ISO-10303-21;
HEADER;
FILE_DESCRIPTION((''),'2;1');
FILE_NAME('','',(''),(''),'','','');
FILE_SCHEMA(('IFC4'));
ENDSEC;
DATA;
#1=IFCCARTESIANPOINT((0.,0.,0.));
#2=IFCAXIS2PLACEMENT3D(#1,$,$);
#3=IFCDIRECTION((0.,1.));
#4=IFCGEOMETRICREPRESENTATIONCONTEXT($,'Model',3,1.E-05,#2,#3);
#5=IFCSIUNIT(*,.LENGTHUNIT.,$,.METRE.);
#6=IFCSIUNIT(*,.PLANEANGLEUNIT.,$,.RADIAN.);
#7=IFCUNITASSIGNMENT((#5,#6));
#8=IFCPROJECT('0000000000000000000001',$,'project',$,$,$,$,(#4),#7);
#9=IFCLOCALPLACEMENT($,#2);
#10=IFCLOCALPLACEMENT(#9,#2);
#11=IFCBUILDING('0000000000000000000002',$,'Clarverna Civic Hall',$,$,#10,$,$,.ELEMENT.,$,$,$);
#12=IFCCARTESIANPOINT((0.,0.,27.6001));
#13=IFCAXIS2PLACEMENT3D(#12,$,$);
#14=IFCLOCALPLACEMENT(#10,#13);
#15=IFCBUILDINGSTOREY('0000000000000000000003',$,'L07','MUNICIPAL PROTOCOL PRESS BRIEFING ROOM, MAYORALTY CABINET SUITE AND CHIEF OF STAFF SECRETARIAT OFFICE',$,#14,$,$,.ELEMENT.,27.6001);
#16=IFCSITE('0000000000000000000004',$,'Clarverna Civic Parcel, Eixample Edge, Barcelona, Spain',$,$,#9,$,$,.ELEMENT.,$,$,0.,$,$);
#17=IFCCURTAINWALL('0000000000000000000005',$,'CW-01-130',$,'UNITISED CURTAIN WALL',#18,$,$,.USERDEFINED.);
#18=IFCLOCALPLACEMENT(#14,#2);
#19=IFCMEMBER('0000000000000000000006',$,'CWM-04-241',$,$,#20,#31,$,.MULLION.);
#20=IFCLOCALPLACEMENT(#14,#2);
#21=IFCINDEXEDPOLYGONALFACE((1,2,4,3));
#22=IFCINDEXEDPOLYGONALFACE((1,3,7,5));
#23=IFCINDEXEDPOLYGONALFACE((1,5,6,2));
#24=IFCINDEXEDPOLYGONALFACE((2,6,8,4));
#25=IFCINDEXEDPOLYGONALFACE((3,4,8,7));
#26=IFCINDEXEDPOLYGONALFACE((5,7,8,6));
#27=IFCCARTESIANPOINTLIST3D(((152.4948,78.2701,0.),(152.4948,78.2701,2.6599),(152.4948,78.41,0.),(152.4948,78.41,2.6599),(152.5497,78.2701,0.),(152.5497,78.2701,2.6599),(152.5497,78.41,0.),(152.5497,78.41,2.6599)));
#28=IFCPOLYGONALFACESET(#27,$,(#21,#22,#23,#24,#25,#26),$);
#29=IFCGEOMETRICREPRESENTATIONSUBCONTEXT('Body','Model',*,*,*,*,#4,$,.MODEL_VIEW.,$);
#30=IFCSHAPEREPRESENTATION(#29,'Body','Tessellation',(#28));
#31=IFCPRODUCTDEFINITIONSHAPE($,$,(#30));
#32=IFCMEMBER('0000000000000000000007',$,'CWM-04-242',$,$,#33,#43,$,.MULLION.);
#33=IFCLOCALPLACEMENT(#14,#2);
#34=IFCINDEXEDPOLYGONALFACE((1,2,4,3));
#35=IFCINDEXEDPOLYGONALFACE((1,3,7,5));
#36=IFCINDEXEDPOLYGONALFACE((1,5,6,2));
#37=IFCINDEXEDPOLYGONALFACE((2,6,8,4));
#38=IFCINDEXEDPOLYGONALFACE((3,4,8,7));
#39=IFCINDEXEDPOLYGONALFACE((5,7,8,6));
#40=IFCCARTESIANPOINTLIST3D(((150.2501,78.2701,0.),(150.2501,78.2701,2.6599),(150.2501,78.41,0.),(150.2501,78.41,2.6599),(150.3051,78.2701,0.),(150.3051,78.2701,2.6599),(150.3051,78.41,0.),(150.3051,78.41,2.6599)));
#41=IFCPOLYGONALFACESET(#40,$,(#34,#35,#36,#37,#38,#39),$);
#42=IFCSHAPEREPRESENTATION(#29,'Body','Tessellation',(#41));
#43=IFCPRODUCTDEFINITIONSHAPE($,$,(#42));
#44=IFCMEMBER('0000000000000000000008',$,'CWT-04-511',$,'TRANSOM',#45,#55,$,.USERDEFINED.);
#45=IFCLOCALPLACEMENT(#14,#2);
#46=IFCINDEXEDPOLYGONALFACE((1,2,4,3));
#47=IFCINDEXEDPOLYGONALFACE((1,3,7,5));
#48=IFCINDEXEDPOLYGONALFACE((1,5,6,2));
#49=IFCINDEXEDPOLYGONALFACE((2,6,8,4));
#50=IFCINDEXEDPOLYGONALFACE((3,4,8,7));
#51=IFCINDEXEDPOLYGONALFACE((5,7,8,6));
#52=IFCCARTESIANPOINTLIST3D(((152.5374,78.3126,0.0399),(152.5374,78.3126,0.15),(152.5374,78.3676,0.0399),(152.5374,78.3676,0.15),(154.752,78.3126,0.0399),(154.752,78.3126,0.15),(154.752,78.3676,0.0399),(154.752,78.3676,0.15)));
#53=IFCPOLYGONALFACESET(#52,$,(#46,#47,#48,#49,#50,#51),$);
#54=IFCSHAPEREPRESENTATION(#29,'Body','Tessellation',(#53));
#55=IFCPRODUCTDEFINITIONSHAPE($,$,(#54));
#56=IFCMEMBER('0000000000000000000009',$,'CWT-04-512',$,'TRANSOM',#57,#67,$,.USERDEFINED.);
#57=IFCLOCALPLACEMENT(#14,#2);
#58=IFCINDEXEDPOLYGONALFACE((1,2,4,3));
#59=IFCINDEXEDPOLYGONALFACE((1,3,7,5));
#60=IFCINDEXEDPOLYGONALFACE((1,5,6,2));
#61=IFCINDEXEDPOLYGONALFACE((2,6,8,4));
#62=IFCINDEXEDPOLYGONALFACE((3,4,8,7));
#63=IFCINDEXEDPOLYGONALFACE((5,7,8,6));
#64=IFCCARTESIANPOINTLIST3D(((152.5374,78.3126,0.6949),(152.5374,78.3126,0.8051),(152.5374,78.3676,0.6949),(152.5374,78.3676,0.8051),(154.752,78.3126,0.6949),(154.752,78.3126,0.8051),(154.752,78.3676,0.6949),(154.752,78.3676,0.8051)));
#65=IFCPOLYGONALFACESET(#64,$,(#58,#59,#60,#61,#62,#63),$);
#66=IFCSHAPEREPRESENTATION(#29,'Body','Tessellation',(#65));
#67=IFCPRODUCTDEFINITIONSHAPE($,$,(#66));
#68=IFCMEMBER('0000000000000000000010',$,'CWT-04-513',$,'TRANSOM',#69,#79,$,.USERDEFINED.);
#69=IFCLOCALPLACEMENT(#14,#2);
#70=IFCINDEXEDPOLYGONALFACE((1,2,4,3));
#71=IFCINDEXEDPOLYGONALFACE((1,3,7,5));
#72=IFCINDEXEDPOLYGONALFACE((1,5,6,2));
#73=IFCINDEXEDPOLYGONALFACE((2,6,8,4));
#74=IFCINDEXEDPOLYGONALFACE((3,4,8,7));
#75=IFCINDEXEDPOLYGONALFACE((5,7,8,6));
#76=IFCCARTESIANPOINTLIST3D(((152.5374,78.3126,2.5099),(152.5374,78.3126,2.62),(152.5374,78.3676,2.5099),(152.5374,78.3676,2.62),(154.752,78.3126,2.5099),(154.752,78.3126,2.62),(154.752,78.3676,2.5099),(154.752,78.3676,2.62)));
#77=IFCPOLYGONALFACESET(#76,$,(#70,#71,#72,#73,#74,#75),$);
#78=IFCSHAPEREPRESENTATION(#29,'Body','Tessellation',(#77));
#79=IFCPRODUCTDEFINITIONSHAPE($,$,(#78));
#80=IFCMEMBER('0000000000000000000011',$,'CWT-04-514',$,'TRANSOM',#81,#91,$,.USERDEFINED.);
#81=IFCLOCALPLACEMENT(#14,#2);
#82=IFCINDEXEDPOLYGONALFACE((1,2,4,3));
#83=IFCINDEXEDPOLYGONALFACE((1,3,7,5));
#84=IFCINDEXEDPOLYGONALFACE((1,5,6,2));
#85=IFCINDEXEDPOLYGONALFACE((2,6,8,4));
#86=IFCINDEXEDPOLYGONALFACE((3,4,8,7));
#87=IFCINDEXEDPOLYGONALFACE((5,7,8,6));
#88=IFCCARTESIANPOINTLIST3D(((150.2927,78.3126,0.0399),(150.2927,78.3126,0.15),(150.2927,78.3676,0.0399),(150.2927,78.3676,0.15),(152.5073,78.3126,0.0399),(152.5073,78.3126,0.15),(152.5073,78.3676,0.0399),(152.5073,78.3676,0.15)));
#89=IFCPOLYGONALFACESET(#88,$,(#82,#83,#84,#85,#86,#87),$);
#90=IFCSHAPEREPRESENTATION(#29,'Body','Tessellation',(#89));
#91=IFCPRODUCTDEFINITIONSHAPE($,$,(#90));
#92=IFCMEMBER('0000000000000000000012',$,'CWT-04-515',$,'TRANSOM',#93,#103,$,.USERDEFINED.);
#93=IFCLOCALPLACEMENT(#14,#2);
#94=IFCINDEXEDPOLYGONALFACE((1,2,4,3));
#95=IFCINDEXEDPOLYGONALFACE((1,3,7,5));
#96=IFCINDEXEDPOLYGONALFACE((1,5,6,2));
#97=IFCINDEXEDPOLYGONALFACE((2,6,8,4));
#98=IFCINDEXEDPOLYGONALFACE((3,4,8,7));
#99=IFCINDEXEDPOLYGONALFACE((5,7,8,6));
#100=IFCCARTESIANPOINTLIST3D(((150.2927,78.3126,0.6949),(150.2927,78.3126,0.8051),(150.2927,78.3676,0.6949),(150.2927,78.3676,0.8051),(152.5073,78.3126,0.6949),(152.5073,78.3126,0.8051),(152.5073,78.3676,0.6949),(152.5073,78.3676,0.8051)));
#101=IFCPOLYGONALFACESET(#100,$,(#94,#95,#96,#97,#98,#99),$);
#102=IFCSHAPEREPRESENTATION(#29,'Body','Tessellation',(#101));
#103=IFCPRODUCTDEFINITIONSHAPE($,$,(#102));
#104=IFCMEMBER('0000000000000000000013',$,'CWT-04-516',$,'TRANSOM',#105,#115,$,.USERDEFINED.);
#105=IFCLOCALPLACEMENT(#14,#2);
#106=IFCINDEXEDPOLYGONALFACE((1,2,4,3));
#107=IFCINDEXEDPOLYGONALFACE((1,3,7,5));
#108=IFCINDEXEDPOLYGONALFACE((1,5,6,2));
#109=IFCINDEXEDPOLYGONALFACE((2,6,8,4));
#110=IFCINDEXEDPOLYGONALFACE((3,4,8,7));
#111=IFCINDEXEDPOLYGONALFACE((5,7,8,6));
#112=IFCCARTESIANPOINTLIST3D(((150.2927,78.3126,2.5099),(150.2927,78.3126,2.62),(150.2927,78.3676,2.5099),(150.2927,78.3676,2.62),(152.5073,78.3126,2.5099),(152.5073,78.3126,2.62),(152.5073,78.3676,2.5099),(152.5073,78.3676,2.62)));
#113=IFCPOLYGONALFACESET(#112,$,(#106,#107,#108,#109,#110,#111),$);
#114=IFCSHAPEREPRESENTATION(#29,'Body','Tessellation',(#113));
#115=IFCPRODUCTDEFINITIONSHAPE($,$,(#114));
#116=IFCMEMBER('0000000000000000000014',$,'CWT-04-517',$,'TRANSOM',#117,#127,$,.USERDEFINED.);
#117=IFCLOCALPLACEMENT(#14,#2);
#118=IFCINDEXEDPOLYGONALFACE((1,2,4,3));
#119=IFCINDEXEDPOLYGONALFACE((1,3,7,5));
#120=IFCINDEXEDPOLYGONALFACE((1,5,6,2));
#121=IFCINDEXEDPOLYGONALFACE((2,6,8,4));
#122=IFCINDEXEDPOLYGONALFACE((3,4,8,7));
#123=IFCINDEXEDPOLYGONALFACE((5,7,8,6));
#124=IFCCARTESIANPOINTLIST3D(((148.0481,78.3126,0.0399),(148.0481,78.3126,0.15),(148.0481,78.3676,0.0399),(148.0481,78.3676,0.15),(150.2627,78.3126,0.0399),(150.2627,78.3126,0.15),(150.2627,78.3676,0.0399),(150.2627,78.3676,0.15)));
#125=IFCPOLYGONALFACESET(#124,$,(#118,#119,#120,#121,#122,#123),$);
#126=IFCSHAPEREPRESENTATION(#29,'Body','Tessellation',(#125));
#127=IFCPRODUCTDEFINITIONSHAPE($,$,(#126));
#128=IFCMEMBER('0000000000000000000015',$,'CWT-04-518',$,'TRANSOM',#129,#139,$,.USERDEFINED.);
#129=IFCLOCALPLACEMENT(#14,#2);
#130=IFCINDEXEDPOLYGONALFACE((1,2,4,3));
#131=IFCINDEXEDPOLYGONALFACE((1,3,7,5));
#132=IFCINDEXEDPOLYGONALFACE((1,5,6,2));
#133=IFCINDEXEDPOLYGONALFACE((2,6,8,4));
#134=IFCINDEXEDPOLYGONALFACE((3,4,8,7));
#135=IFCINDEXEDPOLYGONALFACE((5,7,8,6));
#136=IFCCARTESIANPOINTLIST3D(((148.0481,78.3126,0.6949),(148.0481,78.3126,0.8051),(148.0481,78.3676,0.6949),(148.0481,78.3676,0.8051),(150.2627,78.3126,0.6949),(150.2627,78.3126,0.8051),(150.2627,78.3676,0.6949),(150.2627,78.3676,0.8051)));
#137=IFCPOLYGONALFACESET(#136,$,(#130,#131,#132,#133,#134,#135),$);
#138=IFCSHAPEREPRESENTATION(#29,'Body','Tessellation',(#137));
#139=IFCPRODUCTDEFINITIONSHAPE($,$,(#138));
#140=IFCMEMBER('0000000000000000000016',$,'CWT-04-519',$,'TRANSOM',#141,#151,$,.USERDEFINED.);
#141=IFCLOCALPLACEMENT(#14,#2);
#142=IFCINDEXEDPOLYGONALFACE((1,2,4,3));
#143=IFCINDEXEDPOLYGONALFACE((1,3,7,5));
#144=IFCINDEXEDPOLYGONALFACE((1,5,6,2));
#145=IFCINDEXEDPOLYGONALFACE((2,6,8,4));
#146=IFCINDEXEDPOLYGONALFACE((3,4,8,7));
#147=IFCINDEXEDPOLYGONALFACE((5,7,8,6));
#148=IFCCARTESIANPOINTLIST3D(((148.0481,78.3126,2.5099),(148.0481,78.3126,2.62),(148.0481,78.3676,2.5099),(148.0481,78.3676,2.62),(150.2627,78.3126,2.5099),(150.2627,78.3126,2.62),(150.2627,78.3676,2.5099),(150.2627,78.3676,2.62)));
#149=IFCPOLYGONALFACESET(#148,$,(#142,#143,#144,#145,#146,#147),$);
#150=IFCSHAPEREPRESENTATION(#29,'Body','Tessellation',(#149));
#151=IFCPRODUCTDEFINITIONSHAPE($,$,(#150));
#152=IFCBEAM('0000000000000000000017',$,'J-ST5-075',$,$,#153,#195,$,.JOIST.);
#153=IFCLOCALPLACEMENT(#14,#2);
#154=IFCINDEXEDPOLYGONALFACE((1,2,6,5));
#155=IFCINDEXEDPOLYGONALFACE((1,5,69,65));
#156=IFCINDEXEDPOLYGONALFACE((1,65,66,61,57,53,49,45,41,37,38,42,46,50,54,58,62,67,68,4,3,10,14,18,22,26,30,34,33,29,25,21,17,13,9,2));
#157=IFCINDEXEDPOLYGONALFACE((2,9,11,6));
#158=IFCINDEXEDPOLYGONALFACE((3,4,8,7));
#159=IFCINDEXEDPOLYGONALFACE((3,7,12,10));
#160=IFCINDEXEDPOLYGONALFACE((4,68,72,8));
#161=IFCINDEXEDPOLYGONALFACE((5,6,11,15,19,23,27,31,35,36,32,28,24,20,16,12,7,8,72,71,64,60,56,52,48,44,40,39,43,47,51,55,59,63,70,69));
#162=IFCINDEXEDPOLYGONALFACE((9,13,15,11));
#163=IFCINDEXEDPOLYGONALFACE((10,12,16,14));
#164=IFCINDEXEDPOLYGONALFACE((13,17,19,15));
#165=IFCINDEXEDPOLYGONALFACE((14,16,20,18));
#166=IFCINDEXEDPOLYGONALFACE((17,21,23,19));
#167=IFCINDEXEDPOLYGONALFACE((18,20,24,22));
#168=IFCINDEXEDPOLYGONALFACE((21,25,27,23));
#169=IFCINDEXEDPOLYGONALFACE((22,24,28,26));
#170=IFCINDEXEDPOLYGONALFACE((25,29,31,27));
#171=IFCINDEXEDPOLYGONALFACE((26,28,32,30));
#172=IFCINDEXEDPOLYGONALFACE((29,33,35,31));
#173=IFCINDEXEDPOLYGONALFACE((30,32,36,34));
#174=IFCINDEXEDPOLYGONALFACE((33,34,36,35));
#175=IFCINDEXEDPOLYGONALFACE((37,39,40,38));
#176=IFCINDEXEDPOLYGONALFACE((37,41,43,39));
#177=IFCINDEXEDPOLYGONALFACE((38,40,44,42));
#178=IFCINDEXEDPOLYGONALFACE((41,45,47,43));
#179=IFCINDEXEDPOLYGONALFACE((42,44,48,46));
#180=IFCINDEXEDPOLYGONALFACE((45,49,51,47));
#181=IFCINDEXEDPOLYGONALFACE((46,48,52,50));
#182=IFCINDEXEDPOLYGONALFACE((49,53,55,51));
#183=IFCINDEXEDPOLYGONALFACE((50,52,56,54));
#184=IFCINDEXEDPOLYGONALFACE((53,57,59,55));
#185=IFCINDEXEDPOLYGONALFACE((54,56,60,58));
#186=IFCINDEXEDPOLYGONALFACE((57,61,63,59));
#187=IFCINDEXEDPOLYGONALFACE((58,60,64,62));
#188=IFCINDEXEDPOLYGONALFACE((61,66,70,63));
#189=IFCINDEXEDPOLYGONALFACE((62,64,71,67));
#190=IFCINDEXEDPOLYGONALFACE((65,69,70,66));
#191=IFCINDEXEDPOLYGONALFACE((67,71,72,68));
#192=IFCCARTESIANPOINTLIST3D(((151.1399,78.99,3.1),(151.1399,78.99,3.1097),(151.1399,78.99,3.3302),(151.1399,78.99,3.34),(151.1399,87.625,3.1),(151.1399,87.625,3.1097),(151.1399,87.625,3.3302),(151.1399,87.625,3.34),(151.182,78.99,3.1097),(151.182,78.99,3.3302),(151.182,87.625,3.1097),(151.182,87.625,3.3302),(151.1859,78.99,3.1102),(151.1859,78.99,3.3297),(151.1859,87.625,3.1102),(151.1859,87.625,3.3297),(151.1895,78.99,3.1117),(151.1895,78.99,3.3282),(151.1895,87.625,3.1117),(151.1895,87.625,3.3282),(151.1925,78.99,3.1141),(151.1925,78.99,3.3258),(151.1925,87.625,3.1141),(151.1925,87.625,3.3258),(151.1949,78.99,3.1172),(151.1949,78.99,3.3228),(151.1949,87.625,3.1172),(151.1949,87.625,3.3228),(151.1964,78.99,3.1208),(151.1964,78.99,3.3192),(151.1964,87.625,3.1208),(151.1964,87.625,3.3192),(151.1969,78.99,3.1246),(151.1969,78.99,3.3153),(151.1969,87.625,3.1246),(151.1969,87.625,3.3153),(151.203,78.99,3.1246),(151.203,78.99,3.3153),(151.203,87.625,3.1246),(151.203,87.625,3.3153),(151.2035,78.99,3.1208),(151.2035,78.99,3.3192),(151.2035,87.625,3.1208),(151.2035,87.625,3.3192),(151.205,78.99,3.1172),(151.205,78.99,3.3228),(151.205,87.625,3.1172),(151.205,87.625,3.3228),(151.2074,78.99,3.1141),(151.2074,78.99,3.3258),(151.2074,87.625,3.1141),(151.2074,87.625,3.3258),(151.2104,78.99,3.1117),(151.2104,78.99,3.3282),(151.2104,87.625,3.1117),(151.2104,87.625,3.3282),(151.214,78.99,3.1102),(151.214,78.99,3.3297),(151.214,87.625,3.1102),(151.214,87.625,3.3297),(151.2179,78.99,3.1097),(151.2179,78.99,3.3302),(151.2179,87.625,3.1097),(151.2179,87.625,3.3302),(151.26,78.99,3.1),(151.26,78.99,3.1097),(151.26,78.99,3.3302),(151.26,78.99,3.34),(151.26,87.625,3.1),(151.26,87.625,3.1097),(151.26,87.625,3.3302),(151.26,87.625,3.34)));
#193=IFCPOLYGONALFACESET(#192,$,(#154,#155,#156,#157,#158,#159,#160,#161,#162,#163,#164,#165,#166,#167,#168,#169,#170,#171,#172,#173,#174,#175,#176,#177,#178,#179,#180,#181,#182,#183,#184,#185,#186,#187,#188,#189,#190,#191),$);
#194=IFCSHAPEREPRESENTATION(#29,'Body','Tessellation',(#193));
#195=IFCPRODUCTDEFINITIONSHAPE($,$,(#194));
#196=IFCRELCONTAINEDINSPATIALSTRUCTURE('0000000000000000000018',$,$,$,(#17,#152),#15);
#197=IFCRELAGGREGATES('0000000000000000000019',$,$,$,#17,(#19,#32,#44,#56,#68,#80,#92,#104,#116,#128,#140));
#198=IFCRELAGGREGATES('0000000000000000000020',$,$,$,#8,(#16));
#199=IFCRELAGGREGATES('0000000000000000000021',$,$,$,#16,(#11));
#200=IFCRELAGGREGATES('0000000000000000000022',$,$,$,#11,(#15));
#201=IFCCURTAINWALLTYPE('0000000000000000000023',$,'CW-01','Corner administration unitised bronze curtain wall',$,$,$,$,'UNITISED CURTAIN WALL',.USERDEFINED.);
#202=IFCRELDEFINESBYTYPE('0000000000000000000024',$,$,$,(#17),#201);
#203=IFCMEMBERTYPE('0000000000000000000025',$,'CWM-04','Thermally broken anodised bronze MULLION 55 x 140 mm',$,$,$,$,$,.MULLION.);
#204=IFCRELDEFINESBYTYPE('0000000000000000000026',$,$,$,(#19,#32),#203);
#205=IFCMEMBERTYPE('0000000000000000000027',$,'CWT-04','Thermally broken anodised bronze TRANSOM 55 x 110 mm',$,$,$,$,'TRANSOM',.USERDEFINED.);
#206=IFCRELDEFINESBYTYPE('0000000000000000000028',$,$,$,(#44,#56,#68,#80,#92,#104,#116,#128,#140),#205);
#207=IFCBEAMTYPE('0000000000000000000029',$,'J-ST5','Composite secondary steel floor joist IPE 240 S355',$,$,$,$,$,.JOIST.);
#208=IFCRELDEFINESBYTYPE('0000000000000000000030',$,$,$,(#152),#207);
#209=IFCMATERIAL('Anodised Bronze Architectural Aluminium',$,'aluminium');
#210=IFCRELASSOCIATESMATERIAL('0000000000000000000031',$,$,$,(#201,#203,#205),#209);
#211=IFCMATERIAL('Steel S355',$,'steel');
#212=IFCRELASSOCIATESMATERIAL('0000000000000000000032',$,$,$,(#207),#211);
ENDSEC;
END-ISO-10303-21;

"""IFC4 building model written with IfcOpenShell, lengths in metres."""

from ifc_helpers import new_model, si_unit, direction, frame, origin, origin_2d, place, context, subcontext, project, spatial, rectangle, i_section, extrude, material, material_profile, profile_set, type_object, element, aggregate, save


model = new_model("IFC4")

# Units and contexts
model_context = context("Model", 3, precision=1e-05, world=origin(), true_north=direction((0.0, 1.0)))
body_context = subcontext(model_context, "Body", "Model", "MODEL_VIEW")
ifc_project = project(units=[si_unit("LENGTHUNIT", "METRE"), si_unit("PLANEANGLEUNIT", "RADIAN")], contexts=[model_context])

# Site, building, storey
site_placement = place(None, origin())
site = spatial("IfcSite", under=ifc_project, at=site_placement, Name="Clarverna Civic Parcel, Eixample Edge, Barcelona, Spain", CompositionType="ELEMENT", RefElevation=0.0)
building_placement = place(site_placement, origin())
building = spatial("IfcBuilding", under=site, at=building_placement, Name="Clarverna Civic Hall", CompositionType="ELEMENT")
storey_placement = place(building_placement, frame((0.0, 0.0, 27.6001)))
storey = spatial("IfcBuildingStorey", under=building, at=storey_placement, Name="L07", Description="MUNICIPAL PROTOCOL PRESS BRIEFING ROOM, MAYORALTY CABINET SUITE AND CHIEF OF STAFF SECRETARIAT OFFICE", CompositionType="ELEMENT", Elevation=27.6001)

# Curtain wall, members
ifc_material_1 = material(Name="Anodised Bronze Architectural Aluminium", Category="aluminium")
curtain_wall_type = type_object("IfcCurtainWallType", Name="CW-01", Description="Corner administration unitised bronze curtain wall", ElementType="UNITISED CURTAIN WALL", PredefinedType="USERDEFINED", material=ifc_material_1)
curtain_wall_placement = place(storey_placement, origin())
curtain_wall = element("IfcCurtainWall", 1, at=curtain_wall_placement, inside=storey, type_object=curtain_wall_type, Name="CW-01-130", ObjectType="UNITISED CURTAIN WALL", PredefinedType="USERDEFINED")
ifc_material_profile_1 = material_profile(ifc_material_1, rectangle(XDim=0.0549, YDim=0.1399, at=origin_2d()), Name="BRONZE 55x140")
ifc_profile_set_1 = profile_set([ifc_material_profile_1], Name="Anodised Bronze Architectural Aluminium")
member_type_1 = type_object("IfcMemberType", Name="CWM-04", Description="Thermally broken anodised bronze MULLION 55 x 140 mm", PredefinedType="MULLION", material=ifc_profile_set_1)
member_1_placement = place(storey_placement, frame((152.5222, 78.3401, 0.0), z_axis=(0.0, 0.0, 1.0), x_axis=(1.0, 0.0, 0.0)))
member_1 = element("IfcMember", 2, at=member_1_placement, type_object=member_type_1, Name="CWM-04-241", PredefinedType="MULLION", context=body_context, shape_type="SweptSolid", body=[
    extrude(rectangle(XDim=0.0549, YDim=0.1399, at=origin_2d()), origin(), (0.0, 0.0, 1.0), 2.6599),
])
member_2_placement = place(storey_placement, frame((150.2776, 78.3401, 0.0), z_axis=(0.0, 0.0, 1.0), x_axis=(1.0, 0.0, 0.0)))
member_2 = element("IfcMember", 3, at=member_2_placement, type_object=member_type_1, Name="CWM-04-242", PredefinedType="MULLION", context=body_context, shape_type="SweptSolid", body=[
    extrude(rectangle(XDim=0.0549, YDim=0.1399, at=origin_2d()), origin(), (0.0, 0.0, 1.0), 2.6599),
])
ifc_material_profile_2 = material_profile(ifc_material_1, rectangle(XDim=0.0549, YDim=0.1101, at=origin_2d()), Name="BRONZE 55x110")
ifc_profile_set_2 = profile_set([ifc_material_profile_2], Name="Anodised Bronze Architectural Aluminium")
member_type_2 = type_object("IfcMemberType", Name="CWT-04", Description="Thermally broken anodised bronze TRANSOM 55 x 110 mm", ElementType="TRANSOM", PredefinedType="USERDEFINED", material=ifc_profile_set_2)
member_3_placement = place(storey_placement, frame((154.752, 78.3401, 0.095), z_axis=(-1.0, 0.0, 0.0), x_axis=(0.0, -1.0, 0.0)))
member_3 = element("IfcMember", 4, at=member_3_placement, type_object=member_type_2, Name="CWT-04-511", ObjectType="TRANSOM", PredefinedType="USERDEFINED", context=body_context, shape_type="SweptSolid", body=[
    extrude(rectangle(XDim=0.0549, YDim=0.1101, at=origin_2d()), origin(), (0.0, 0.0, 1.0), 2.2146),
])
member_4_placement = place(storey_placement, frame((154.752, 78.3401, 0.75), z_axis=(-1.0, 0.0, 0.0), x_axis=(0.0, -1.0, 0.0)))
member_4 = element("IfcMember", 5, at=member_4_placement, type_object=member_type_2, Name="CWT-04-512", ObjectType="TRANSOM", PredefinedType="USERDEFINED", context=body_context, shape_type="SweptSolid", body=[
    extrude(rectangle(XDim=0.0549, YDim=0.1101, at=origin_2d()), origin(), (0.0, 0.0, 1.0), 2.2146),
])
member_5_placement = place(storey_placement, frame((154.752, 78.3401, 2.5649), z_axis=(-1.0, 0.0, 0.0), x_axis=(0.0, -1.0, 0.0)))
member_5 = element("IfcMember", 6, at=member_5_placement, type_object=member_type_2, Name="CWT-04-513", ObjectType="TRANSOM", PredefinedType="USERDEFINED", context=body_context, shape_type="SweptSolid", body=[
    extrude(rectangle(XDim=0.0549, YDim=0.1101, at=origin_2d()), origin(), (0.0, 0.0, 1.0), 2.2146),
])
member_6_placement = place(storey_placement, frame((152.5073, 78.3401, 0.095), z_axis=(-1.0, 0.0, 0.0), x_axis=(0.0, -1.0, 0.0)))
member_6 = element("IfcMember", 7, at=member_6_placement, type_object=member_type_2, Name="CWT-04-514", ObjectType="TRANSOM", PredefinedType="USERDEFINED", context=body_context, shape_type="SweptSolid", body=[
    extrude(rectangle(XDim=0.0549, YDim=0.1101, at=origin_2d()), origin(), (0.0, 0.0, 1.0), 2.2146),
])
member_7_placement = place(storey_placement, frame((152.5073, 78.3401, 0.75), z_axis=(-1.0, 0.0, 0.0), x_axis=(0.0, -1.0, 0.0)))
member_7 = element("IfcMember", 8, at=member_7_placement, type_object=member_type_2, Name="CWT-04-515", ObjectType="TRANSOM", PredefinedType="USERDEFINED", context=body_context, shape_type="SweptSolid", body=[
    extrude(rectangle(XDim=0.0549, YDim=0.1101, at=origin_2d()), origin(), (0.0, 0.0, 1.0), 2.2146),
])
member_8_placement = place(storey_placement, frame((152.5073, 78.3401, 2.5649), z_axis=(-1.0, 0.0, 0.0), x_axis=(0.0, -1.0, 0.0)))
member_8 = element("IfcMember", 9, at=member_8_placement, type_object=member_type_2, Name="CWT-04-516", ObjectType="TRANSOM", PredefinedType="USERDEFINED", context=body_context, shape_type="SweptSolid", body=[
    extrude(rectangle(XDim=0.0549, YDim=0.1101, at=origin_2d()), origin(), (0.0, 0.0, 1.0), 2.2146),
])
member_9_placement = place(storey_placement, frame((150.2627, 78.3401, 0.095), z_axis=(-1.0, 0.0, 0.0), x_axis=(0.0, -1.0, 0.0)))
member_9 = element("IfcMember", 10, at=member_9_placement, type_object=member_type_2, Name="CWT-04-517", ObjectType="TRANSOM", PredefinedType="USERDEFINED", context=body_context, shape_type="SweptSolid", body=[
    extrude(rectangle(XDim=0.0549, YDim=0.1101, at=origin_2d()), origin(), (0.0, 0.0, 1.0), 2.2146),
])
member_10_placement = place(storey_placement, frame((150.2627, 78.3401, 0.75), z_axis=(-1.0, 0.0, 0.0), x_axis=(0.0, -1.0, 0.0)))
member_10 = element("IfcMember", 11, at=member_10_placement, type_object=member_type_2, Name="CWT-04-518", ObjectType="TRANSOM", PredefinedType="USERDEFINED", context=body_context, shape_type="SweptSolid", body=[
    extrude(rectangle(XDim=0.0549, YDim=0.1101, at=origin_2d()), origin(), (0.0, 0.0, 1.0), 2.2146),
])
member_11_placement = place(storey_placement, frame((150.2627, 78.3401, 2.5649), z_axis=(-1.0, 0.0, 0.0), x_axis=(0.0, -1.0, 0.0)))
member_11 = element("IfcMember", 12, at=member_11_placement, type_object=member_type_2, Name="CWT-04-519", ObjectType="TRANSOM", PredefinedType="USERDEFINED", context=body_context, shape_type="SweptSolid", body=[
    extrude(rectangle(XDim=0.0549, YDim=0.1101, at=origin_2d()), origin(), (0.0, 0.0, 1.0), 2.2146),
])

# Beam
ifc_material_2 = material(Name="Steel S355", Category="steel")
ifc_material_profile_3 = material_profile(ifc_material_2, i_section(OverallWidth=0.1201, OverallDepth=0.24, WebThickness=0.0061, FlangeThickness=0.0098, FilletRadius=0.0149, at=origin_2d()), Name="IPE 240")
ifc_profile_set_3 = profile_set([ifc_material_profile_3], Name="Steel S355")
beam_type = type_object("IfcBeamType", Name="J-ST5", Description="Composite secondary steel floor joist IPE 240 S355", PredefinedType="JOIST", material=ifc_profile_set_3)
beam_placement = place(storey_placement, frame((151.2, 78.99, 3.22), z_axis=(0.0, 1.0, 0.0), x_axis=(-1.0, 0.0, 0.0)))
element("IfcBeam", 13, at=beam_placement, inside=storey, type_object=beam_type, Name="J-ST5-075", PredefinedType="JOIST", context=body_context, shape_type="SweptSolid", body=[
    extrude(i_section(OverallWidth=0.1201, OverallDepth=0.24, WebThickness=0.0061, FlangeThickness=0.0098, FilletRadius=0.0149, at=origin_2d()), origin(), (0.0, 0.0, 1.0), 8.635),
])

aggregate(curtain_wall, [member_1, member_2, member_3, member_4, member_5, member_6, member_7, member_8, member_9, member_10, member_11])

save(model, "model.ifc")
